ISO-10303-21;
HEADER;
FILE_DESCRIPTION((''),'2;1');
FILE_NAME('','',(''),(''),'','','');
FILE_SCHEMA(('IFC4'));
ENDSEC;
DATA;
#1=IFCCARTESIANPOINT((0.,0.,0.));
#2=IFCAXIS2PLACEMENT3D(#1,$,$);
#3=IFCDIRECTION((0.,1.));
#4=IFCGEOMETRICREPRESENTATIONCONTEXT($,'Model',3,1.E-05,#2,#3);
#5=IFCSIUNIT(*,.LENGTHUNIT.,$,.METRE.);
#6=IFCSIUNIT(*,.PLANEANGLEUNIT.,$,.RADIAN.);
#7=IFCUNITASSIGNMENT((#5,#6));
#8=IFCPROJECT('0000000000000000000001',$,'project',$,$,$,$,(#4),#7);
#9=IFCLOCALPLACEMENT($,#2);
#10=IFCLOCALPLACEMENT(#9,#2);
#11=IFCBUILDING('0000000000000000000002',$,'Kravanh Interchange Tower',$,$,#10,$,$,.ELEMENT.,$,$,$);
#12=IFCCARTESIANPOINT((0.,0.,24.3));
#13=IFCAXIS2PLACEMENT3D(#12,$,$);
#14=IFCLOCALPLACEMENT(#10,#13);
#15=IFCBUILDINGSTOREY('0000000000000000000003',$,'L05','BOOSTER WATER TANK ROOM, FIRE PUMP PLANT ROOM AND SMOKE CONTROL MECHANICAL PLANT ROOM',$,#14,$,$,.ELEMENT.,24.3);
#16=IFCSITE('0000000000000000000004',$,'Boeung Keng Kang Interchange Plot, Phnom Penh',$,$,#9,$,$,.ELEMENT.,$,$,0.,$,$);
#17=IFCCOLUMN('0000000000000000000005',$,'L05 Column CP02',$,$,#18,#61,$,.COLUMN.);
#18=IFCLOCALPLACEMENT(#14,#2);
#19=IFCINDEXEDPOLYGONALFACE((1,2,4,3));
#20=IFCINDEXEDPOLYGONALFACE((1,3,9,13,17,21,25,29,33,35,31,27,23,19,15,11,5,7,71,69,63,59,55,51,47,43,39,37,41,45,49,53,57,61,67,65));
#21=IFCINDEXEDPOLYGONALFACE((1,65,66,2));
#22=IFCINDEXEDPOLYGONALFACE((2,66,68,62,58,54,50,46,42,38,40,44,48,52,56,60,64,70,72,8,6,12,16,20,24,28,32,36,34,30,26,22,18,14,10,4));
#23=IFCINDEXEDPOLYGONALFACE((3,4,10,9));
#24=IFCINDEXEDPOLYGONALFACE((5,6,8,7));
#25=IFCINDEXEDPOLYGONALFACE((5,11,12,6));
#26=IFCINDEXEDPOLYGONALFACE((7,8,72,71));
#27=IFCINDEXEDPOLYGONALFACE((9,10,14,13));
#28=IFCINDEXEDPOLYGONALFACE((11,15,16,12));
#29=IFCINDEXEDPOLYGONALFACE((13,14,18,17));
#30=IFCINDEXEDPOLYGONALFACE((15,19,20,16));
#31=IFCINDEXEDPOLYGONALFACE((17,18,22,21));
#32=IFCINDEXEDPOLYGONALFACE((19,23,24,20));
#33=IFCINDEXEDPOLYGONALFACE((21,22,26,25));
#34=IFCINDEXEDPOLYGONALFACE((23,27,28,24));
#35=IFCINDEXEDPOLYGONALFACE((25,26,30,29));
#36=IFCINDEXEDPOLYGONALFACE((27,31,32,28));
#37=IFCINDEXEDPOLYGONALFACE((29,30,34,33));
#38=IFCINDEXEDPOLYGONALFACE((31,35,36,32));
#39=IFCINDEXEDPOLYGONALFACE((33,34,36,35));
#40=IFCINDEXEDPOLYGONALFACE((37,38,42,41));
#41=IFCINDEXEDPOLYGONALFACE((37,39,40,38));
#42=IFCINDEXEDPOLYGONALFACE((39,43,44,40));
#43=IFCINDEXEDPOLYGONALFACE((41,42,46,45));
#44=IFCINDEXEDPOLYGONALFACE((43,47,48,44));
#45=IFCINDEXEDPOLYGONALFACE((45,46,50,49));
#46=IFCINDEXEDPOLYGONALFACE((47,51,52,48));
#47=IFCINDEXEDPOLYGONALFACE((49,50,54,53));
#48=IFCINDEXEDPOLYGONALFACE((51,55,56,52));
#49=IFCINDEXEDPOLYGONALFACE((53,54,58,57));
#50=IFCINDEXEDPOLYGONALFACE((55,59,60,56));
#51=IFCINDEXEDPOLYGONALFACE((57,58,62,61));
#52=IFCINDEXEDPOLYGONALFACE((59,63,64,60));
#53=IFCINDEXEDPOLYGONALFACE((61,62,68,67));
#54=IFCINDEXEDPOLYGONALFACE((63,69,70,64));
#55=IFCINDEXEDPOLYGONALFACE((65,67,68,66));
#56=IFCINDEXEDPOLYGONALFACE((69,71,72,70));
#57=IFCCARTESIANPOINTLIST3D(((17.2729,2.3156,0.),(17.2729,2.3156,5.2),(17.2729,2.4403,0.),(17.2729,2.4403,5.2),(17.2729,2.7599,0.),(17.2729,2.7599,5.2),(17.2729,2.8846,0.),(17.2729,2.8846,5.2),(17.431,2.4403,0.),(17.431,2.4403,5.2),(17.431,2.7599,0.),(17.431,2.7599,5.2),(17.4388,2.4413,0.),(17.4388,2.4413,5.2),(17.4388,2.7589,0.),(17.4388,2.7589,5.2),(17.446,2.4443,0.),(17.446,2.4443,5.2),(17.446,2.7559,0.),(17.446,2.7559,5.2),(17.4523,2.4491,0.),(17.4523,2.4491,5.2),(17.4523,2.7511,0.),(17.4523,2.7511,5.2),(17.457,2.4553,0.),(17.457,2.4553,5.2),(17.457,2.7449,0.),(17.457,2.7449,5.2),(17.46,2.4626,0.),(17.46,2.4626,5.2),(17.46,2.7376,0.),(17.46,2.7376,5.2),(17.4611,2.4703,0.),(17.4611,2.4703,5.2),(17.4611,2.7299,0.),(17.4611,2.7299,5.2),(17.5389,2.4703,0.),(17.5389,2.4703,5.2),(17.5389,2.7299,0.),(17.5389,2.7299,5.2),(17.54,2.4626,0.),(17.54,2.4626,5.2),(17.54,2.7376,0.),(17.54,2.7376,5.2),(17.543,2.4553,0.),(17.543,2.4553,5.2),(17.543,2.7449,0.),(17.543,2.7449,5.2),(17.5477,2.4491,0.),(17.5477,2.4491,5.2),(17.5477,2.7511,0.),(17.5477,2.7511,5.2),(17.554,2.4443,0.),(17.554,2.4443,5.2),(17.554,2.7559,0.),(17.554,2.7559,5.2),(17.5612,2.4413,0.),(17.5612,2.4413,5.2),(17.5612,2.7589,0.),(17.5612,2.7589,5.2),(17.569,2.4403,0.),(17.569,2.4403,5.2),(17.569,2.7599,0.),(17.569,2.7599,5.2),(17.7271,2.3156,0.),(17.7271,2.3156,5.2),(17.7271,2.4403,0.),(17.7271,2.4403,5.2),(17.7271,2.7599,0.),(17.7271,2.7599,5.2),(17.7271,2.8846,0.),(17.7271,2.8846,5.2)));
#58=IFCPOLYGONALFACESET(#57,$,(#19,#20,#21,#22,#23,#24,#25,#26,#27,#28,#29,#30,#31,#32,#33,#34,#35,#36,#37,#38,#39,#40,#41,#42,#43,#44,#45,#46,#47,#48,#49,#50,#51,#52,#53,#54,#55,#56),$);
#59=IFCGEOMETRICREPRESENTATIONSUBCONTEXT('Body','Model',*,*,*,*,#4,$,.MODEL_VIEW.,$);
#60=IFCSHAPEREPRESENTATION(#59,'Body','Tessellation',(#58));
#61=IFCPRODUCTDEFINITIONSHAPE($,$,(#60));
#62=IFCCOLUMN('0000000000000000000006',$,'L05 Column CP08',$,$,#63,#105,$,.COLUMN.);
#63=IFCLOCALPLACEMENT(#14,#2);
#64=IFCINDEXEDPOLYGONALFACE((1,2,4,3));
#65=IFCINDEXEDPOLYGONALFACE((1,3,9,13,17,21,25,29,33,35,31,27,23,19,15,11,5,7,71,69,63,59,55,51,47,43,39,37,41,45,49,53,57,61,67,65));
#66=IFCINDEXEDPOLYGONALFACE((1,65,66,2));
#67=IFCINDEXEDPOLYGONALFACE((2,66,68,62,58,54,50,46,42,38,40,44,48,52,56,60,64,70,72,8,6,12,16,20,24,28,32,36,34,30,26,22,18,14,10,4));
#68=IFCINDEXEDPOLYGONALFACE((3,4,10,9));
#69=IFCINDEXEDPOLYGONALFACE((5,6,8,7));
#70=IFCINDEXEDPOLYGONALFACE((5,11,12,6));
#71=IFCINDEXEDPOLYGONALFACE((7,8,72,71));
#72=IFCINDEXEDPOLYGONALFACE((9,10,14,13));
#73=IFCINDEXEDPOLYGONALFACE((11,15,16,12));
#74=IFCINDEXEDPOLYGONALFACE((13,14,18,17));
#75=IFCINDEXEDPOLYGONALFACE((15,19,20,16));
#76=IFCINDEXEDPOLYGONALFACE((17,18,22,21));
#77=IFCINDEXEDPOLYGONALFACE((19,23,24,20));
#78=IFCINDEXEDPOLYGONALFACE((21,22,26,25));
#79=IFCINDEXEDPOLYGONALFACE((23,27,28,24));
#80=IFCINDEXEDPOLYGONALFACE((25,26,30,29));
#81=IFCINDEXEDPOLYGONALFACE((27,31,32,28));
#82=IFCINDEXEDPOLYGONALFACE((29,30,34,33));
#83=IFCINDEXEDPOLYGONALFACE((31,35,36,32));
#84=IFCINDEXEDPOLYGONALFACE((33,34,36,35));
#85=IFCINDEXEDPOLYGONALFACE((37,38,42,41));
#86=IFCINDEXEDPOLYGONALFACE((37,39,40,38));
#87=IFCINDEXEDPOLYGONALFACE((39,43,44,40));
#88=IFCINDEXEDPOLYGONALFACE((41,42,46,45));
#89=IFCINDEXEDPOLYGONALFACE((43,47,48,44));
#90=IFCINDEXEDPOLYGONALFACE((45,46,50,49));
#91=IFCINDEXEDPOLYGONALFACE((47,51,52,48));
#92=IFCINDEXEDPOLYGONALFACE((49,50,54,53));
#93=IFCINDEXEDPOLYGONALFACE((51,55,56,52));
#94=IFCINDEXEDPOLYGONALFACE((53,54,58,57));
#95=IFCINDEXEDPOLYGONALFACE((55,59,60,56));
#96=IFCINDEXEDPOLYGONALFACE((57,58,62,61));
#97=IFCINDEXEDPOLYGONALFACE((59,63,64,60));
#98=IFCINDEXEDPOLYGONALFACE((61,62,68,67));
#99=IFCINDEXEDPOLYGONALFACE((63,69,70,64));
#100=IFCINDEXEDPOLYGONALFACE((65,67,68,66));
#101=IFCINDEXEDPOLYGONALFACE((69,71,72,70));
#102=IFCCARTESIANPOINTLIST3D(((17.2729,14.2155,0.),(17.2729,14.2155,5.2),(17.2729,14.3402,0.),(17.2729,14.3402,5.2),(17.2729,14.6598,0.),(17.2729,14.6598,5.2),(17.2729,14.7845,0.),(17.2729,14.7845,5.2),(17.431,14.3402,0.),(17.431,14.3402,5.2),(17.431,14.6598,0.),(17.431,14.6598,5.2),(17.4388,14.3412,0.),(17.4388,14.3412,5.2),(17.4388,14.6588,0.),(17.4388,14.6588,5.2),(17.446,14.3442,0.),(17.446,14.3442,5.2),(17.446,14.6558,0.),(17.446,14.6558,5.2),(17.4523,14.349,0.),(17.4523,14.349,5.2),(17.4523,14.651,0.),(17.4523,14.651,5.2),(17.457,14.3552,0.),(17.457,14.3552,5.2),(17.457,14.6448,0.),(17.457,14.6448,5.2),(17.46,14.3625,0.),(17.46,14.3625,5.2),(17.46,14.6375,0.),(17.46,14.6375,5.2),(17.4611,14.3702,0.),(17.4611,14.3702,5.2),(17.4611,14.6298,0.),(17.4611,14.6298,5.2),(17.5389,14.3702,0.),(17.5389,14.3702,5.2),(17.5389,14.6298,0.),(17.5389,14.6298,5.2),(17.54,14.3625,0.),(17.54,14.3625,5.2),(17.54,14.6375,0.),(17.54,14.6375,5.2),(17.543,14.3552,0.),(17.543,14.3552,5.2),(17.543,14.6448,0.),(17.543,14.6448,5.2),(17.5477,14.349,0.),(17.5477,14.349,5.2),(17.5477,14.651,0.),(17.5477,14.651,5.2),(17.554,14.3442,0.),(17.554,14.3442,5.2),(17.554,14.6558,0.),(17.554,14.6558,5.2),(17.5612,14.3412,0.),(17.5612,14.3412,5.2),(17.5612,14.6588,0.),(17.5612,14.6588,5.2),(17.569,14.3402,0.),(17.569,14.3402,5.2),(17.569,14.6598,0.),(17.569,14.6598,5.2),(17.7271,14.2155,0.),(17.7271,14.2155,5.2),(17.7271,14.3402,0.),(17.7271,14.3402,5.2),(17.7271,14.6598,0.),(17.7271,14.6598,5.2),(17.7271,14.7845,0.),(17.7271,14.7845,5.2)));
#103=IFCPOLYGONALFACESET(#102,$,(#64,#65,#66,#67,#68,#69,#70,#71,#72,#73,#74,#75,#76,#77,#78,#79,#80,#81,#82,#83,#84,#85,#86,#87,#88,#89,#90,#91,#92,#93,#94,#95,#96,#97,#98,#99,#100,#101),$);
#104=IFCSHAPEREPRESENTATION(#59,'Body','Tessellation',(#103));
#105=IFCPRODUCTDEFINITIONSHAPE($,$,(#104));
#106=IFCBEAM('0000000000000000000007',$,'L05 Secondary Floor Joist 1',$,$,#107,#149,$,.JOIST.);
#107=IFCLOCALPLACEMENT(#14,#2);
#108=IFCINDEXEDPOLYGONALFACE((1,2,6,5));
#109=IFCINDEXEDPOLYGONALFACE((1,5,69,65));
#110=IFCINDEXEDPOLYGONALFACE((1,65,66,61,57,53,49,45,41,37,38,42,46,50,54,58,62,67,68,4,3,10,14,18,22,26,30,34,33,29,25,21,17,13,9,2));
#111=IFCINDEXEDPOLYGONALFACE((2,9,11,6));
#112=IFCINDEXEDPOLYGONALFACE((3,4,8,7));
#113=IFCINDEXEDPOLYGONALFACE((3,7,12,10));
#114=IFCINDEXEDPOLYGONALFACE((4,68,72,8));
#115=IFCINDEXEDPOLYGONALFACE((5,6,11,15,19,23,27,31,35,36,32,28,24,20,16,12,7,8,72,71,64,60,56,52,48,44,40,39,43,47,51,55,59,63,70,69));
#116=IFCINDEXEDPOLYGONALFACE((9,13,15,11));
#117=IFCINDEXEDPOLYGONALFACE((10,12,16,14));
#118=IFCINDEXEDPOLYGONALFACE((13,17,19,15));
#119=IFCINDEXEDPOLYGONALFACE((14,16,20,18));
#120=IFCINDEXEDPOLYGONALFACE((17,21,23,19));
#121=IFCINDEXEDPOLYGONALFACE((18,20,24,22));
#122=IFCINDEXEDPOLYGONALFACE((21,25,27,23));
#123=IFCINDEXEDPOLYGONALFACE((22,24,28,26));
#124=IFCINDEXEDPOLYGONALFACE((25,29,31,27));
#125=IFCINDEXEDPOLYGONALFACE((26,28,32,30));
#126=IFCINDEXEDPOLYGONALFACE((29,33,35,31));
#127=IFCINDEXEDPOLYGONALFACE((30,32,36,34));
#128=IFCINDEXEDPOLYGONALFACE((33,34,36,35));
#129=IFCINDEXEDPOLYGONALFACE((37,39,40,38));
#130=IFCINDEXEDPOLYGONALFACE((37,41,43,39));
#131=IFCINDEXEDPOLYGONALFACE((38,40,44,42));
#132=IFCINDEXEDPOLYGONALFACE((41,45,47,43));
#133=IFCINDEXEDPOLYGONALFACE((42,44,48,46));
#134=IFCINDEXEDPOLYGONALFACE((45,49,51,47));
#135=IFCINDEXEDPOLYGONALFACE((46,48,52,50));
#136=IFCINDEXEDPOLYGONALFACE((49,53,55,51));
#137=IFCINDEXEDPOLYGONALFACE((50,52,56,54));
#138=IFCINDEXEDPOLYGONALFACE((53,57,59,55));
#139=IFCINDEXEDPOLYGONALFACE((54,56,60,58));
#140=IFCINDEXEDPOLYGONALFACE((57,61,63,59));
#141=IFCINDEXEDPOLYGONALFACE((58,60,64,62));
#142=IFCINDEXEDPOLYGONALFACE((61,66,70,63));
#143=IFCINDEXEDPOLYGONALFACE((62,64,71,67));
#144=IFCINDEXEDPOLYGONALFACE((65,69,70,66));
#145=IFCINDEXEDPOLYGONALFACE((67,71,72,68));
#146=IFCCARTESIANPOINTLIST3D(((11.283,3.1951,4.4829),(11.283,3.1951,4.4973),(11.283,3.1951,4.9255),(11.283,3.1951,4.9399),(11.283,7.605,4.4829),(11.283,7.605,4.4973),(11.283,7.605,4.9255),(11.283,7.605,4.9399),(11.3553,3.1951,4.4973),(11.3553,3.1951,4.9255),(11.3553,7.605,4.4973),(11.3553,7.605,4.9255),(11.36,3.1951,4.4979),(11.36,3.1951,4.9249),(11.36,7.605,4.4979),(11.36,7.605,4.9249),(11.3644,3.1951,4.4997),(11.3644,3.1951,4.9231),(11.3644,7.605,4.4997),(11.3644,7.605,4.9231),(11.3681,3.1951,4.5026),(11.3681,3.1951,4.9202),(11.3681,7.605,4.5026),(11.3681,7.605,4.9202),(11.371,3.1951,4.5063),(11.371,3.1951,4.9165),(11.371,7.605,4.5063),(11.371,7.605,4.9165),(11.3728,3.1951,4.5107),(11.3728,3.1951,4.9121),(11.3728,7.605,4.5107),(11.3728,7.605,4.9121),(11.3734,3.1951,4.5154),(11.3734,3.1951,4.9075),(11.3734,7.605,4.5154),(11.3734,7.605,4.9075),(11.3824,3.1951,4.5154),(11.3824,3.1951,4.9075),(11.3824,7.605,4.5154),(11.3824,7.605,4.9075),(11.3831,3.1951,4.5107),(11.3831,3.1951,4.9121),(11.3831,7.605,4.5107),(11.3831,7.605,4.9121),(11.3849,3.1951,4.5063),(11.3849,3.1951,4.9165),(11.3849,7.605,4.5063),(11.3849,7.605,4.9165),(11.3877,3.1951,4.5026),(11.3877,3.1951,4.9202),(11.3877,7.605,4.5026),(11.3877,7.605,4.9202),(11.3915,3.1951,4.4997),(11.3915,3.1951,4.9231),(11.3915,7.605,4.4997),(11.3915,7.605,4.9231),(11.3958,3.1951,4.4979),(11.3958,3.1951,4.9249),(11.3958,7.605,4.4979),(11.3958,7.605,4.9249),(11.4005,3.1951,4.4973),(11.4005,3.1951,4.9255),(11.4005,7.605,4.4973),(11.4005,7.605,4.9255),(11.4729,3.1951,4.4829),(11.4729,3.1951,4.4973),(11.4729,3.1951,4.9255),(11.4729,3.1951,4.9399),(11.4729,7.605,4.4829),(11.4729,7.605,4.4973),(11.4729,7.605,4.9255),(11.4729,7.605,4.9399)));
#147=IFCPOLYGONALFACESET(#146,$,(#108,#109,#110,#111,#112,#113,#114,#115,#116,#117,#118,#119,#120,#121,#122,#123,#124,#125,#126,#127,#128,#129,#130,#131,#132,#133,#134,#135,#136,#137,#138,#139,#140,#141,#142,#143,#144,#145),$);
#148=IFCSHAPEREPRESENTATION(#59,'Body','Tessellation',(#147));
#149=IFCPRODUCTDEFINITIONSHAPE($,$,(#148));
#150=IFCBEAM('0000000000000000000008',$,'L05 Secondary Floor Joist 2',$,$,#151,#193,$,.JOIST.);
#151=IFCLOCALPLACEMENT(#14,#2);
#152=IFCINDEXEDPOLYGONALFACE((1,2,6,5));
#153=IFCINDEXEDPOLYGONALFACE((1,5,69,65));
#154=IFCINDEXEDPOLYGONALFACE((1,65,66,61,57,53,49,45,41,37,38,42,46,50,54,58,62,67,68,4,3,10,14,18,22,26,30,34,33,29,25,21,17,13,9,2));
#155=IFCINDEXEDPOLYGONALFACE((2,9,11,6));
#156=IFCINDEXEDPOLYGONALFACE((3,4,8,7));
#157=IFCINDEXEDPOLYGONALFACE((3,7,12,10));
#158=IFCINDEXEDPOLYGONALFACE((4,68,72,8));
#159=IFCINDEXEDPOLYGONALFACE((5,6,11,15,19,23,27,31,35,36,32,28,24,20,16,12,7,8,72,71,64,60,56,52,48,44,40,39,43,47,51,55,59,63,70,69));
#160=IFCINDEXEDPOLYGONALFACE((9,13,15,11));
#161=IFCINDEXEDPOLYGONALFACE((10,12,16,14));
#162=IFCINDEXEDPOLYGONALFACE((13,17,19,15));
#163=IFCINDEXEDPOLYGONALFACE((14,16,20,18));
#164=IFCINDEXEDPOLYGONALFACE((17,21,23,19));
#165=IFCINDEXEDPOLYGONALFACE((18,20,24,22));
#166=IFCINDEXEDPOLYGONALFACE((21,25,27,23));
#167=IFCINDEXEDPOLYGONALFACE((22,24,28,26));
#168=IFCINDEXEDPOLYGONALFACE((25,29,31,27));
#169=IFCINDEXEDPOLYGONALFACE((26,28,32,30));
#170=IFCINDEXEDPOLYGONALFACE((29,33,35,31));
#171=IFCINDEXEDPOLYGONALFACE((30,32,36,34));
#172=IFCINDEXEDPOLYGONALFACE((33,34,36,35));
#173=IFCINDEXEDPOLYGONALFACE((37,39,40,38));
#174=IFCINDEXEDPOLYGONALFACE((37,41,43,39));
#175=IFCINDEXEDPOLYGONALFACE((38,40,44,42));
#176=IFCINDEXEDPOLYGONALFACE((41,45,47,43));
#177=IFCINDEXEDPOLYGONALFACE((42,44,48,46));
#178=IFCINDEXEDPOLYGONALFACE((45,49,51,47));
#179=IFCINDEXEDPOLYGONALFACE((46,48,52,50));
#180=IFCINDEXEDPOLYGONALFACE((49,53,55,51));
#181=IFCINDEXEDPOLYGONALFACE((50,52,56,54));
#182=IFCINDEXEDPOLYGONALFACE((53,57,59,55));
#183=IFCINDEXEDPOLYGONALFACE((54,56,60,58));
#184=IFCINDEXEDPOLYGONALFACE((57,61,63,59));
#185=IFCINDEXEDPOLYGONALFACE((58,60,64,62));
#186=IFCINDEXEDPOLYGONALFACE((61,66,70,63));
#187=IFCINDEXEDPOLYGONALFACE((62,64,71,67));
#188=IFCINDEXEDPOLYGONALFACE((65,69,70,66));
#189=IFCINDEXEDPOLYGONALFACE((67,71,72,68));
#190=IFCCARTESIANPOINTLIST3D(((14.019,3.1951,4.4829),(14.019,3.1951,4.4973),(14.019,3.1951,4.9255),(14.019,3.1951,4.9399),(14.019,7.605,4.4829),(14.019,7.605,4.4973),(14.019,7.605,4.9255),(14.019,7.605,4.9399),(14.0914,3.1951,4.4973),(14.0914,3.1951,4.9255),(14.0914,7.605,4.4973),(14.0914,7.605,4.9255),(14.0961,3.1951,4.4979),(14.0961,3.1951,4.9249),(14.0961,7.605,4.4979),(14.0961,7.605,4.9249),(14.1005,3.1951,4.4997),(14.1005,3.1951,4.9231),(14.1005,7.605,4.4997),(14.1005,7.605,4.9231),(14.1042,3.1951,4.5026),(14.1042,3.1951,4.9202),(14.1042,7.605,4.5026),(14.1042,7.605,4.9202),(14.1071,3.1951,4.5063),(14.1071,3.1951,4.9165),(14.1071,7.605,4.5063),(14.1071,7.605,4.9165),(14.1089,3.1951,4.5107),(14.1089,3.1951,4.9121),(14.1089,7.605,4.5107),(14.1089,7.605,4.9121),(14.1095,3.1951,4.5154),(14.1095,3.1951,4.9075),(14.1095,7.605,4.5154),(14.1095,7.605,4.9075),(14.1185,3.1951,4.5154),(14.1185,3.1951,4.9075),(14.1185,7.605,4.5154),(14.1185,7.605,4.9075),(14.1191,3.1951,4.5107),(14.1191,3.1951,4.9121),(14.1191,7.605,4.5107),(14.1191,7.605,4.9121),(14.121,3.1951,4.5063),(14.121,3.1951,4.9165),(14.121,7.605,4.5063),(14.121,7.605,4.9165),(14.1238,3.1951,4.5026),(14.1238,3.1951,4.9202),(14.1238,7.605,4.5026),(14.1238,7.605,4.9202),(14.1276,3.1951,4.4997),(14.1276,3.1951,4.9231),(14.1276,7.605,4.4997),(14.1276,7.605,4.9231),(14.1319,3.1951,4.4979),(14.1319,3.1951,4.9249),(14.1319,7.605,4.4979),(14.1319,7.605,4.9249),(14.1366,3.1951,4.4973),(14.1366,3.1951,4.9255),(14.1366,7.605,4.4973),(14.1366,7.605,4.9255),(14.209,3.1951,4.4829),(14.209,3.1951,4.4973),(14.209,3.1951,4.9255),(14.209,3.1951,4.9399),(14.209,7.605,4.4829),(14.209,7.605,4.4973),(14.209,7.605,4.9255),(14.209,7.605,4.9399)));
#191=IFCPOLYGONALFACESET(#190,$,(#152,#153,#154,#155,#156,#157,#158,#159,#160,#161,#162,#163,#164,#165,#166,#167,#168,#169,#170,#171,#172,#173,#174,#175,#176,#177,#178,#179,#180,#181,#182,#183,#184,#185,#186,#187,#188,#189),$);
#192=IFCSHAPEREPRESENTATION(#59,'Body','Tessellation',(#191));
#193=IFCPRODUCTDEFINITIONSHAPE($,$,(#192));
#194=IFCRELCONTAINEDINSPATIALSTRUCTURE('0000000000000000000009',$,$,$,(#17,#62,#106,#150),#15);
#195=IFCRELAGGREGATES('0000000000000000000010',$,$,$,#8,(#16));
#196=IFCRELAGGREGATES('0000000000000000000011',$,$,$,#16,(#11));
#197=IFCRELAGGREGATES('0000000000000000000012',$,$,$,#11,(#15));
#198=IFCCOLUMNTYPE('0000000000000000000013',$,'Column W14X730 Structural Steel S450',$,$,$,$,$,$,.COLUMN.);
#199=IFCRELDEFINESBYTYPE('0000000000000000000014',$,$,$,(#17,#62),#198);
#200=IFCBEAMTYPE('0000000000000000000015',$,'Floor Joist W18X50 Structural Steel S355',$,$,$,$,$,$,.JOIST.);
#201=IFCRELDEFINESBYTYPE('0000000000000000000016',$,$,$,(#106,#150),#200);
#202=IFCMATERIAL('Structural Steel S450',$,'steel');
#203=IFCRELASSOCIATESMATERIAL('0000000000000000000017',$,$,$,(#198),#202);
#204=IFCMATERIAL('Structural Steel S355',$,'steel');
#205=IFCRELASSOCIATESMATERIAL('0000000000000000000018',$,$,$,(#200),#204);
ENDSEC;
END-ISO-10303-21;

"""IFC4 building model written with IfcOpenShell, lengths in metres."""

from ifc_helpers import new_model, si_unit, direction, frame, origin, origin_2d, place, context, subcontext, project, spatial, i_section, extrude, material, material_profile, profile_set, type_object, element, save


model = new_model("IFC4")

# Units and contexts
model_context = context("Model", 3, precision=1e-05, world=origin(), true_north=direction((0.0, 1.0)))
body_context = subcontext(model_context, "Body", "Model", "MODEL_VIEW")
ifc_project = project(units=[si_unit("LENGTHUNIT", "METRE"), si_unit("PLANEANGLEUNIT", "RADIAN")], contexts=[model_context])

# Site, building, storey
site_placement = place(None, origin())
site = spatial("IfcSite", under=ifc_project, at=site_placement, Name="Boeung Keng Kang Interchange Plot, Phnom Penh", CompositionType="ELEMENT", RefElevation=0.0)
building_placement = place(site_placement, origin())
building = spatial("IfcBuilding", under=site, at=building_placement, Name="Kravanh Interchange Tower", CompositionType="ELEMENT")
storey_placement = place(building_placement, frame((0.0, 0.0, 24.3)))
storey = spatial("IfcBuildingStorey", under=building, at=storey_placement, Name="L05", Description="BOOSTER WATER TANK ROOM, FIRE PUMP PLANT ROOM AND SMOKE CONTROL MECHANICAL PLANT ROOM", CompositionType="ELEMENT", Elevation=24.3)

# Columns
ifc_material_1 = material(Name="Structural Steel S450", Category="steel")
ifc_material_profile_1 = material_profile(ifc_material_1, i_section(OverallWidth=0.4541, OverallDepth=0.5691, WebThickness=0.0779, FlangeThickness=0.1248, FilletRadius=0.03, at=origin_2d()), Name="W14X730")
ifc_profile_set_1 = profile_set([ifc_material_profile_1], Name="Structural Steel S450")
column_type = type_object("IfcColumnType", Name="Column W14X730 Structural Steel S450", PredefinedType="COLUMN", material=ifc_profile_set_1)
for number, where, z_axis, x_axis, name in (
    (1, (17.5, 2.6001, 0.0), (0.0, 0.0, 1.0), (1.0, 0.0, 0.0), "L05 Column CP02"),
    (2, (17.5, 14.5, 0.0), (0.0, 0.0, 1.0), (1.0, 0.0, 0.0), "L05 Column CP08"),
):
    element("IfcColumn", number, at=place(storey_placement, frame(where, z_axis=z_axis, x_axis=x_axis)), inside=storey, type_object=column_type, Name=name, PredefinedType="COLUMN", context=body_context, shape_type="SweptSolid", body=[
        extrude(i_section(OverallWidth=0.4541, OverallDepth=0.5691, WebThickness=0.0779, FlangeThickness=0.1248, FilletRadius=0.03, at=origin_2d()), origin(), (0.0, 0.0, 1.0), 5.2),
    ])

# Beams
ifc_material_2 = material(Name="Structural Steel S355", Category="steel")
ifc_material_profile_2 = material_profile(ifc_material_2, i_section(OverallWidth=0.1899, OverallDepth=0.457, WebThickness=0.009, FlangeThickness=0.0144, FilletRadius=0.0181, at=origin_2d()), Name="W18X50")
ifc_profile_set_2 = profile_set([ifc_material_profile_2], Name="Structural Steel S355")
beam_type_1 = type_object("IfcBeamType", Name="Floor Joist W18X50 Structural Steel S355", PredefinedType="JOIST", material=ifc_profile_set_2)
for number, where, z_axis, x_axis, name in (
    (3, (11.3779, 3.1951, 4.7114), (0.0, 1.0, 0.0), (-1.0, 0.0, 0.0), "L05 Secondary Floor Joist 1"),
    (4, (14.114, 3.1951, 4.7114), (0.0, 1.0, 0.0), (-1.0, 0.0, 0.0), "L05 Secondary Floor Joist 2"),
):
    element("IfcBeam", number, at=place(storey_placement, frame(where, z_axis=z_axis, x_axis=x_axis)), inside=storey, type_object=beam_type_1, Name=name, PredefinedType="JOIST", context=body_context, shape_type="SweptSolid", body=[
        extrude(i_section(OverallWidth=0.1899, OverallDepth=0.457, WebThickness=0.009, FlangeThickness=0.0144, FilletRadius=0.0181, at=origin_2d()), origin(), (0.0, 0.0, 1.0), 4.4099),
    ])

save(model, "model.ifc")
